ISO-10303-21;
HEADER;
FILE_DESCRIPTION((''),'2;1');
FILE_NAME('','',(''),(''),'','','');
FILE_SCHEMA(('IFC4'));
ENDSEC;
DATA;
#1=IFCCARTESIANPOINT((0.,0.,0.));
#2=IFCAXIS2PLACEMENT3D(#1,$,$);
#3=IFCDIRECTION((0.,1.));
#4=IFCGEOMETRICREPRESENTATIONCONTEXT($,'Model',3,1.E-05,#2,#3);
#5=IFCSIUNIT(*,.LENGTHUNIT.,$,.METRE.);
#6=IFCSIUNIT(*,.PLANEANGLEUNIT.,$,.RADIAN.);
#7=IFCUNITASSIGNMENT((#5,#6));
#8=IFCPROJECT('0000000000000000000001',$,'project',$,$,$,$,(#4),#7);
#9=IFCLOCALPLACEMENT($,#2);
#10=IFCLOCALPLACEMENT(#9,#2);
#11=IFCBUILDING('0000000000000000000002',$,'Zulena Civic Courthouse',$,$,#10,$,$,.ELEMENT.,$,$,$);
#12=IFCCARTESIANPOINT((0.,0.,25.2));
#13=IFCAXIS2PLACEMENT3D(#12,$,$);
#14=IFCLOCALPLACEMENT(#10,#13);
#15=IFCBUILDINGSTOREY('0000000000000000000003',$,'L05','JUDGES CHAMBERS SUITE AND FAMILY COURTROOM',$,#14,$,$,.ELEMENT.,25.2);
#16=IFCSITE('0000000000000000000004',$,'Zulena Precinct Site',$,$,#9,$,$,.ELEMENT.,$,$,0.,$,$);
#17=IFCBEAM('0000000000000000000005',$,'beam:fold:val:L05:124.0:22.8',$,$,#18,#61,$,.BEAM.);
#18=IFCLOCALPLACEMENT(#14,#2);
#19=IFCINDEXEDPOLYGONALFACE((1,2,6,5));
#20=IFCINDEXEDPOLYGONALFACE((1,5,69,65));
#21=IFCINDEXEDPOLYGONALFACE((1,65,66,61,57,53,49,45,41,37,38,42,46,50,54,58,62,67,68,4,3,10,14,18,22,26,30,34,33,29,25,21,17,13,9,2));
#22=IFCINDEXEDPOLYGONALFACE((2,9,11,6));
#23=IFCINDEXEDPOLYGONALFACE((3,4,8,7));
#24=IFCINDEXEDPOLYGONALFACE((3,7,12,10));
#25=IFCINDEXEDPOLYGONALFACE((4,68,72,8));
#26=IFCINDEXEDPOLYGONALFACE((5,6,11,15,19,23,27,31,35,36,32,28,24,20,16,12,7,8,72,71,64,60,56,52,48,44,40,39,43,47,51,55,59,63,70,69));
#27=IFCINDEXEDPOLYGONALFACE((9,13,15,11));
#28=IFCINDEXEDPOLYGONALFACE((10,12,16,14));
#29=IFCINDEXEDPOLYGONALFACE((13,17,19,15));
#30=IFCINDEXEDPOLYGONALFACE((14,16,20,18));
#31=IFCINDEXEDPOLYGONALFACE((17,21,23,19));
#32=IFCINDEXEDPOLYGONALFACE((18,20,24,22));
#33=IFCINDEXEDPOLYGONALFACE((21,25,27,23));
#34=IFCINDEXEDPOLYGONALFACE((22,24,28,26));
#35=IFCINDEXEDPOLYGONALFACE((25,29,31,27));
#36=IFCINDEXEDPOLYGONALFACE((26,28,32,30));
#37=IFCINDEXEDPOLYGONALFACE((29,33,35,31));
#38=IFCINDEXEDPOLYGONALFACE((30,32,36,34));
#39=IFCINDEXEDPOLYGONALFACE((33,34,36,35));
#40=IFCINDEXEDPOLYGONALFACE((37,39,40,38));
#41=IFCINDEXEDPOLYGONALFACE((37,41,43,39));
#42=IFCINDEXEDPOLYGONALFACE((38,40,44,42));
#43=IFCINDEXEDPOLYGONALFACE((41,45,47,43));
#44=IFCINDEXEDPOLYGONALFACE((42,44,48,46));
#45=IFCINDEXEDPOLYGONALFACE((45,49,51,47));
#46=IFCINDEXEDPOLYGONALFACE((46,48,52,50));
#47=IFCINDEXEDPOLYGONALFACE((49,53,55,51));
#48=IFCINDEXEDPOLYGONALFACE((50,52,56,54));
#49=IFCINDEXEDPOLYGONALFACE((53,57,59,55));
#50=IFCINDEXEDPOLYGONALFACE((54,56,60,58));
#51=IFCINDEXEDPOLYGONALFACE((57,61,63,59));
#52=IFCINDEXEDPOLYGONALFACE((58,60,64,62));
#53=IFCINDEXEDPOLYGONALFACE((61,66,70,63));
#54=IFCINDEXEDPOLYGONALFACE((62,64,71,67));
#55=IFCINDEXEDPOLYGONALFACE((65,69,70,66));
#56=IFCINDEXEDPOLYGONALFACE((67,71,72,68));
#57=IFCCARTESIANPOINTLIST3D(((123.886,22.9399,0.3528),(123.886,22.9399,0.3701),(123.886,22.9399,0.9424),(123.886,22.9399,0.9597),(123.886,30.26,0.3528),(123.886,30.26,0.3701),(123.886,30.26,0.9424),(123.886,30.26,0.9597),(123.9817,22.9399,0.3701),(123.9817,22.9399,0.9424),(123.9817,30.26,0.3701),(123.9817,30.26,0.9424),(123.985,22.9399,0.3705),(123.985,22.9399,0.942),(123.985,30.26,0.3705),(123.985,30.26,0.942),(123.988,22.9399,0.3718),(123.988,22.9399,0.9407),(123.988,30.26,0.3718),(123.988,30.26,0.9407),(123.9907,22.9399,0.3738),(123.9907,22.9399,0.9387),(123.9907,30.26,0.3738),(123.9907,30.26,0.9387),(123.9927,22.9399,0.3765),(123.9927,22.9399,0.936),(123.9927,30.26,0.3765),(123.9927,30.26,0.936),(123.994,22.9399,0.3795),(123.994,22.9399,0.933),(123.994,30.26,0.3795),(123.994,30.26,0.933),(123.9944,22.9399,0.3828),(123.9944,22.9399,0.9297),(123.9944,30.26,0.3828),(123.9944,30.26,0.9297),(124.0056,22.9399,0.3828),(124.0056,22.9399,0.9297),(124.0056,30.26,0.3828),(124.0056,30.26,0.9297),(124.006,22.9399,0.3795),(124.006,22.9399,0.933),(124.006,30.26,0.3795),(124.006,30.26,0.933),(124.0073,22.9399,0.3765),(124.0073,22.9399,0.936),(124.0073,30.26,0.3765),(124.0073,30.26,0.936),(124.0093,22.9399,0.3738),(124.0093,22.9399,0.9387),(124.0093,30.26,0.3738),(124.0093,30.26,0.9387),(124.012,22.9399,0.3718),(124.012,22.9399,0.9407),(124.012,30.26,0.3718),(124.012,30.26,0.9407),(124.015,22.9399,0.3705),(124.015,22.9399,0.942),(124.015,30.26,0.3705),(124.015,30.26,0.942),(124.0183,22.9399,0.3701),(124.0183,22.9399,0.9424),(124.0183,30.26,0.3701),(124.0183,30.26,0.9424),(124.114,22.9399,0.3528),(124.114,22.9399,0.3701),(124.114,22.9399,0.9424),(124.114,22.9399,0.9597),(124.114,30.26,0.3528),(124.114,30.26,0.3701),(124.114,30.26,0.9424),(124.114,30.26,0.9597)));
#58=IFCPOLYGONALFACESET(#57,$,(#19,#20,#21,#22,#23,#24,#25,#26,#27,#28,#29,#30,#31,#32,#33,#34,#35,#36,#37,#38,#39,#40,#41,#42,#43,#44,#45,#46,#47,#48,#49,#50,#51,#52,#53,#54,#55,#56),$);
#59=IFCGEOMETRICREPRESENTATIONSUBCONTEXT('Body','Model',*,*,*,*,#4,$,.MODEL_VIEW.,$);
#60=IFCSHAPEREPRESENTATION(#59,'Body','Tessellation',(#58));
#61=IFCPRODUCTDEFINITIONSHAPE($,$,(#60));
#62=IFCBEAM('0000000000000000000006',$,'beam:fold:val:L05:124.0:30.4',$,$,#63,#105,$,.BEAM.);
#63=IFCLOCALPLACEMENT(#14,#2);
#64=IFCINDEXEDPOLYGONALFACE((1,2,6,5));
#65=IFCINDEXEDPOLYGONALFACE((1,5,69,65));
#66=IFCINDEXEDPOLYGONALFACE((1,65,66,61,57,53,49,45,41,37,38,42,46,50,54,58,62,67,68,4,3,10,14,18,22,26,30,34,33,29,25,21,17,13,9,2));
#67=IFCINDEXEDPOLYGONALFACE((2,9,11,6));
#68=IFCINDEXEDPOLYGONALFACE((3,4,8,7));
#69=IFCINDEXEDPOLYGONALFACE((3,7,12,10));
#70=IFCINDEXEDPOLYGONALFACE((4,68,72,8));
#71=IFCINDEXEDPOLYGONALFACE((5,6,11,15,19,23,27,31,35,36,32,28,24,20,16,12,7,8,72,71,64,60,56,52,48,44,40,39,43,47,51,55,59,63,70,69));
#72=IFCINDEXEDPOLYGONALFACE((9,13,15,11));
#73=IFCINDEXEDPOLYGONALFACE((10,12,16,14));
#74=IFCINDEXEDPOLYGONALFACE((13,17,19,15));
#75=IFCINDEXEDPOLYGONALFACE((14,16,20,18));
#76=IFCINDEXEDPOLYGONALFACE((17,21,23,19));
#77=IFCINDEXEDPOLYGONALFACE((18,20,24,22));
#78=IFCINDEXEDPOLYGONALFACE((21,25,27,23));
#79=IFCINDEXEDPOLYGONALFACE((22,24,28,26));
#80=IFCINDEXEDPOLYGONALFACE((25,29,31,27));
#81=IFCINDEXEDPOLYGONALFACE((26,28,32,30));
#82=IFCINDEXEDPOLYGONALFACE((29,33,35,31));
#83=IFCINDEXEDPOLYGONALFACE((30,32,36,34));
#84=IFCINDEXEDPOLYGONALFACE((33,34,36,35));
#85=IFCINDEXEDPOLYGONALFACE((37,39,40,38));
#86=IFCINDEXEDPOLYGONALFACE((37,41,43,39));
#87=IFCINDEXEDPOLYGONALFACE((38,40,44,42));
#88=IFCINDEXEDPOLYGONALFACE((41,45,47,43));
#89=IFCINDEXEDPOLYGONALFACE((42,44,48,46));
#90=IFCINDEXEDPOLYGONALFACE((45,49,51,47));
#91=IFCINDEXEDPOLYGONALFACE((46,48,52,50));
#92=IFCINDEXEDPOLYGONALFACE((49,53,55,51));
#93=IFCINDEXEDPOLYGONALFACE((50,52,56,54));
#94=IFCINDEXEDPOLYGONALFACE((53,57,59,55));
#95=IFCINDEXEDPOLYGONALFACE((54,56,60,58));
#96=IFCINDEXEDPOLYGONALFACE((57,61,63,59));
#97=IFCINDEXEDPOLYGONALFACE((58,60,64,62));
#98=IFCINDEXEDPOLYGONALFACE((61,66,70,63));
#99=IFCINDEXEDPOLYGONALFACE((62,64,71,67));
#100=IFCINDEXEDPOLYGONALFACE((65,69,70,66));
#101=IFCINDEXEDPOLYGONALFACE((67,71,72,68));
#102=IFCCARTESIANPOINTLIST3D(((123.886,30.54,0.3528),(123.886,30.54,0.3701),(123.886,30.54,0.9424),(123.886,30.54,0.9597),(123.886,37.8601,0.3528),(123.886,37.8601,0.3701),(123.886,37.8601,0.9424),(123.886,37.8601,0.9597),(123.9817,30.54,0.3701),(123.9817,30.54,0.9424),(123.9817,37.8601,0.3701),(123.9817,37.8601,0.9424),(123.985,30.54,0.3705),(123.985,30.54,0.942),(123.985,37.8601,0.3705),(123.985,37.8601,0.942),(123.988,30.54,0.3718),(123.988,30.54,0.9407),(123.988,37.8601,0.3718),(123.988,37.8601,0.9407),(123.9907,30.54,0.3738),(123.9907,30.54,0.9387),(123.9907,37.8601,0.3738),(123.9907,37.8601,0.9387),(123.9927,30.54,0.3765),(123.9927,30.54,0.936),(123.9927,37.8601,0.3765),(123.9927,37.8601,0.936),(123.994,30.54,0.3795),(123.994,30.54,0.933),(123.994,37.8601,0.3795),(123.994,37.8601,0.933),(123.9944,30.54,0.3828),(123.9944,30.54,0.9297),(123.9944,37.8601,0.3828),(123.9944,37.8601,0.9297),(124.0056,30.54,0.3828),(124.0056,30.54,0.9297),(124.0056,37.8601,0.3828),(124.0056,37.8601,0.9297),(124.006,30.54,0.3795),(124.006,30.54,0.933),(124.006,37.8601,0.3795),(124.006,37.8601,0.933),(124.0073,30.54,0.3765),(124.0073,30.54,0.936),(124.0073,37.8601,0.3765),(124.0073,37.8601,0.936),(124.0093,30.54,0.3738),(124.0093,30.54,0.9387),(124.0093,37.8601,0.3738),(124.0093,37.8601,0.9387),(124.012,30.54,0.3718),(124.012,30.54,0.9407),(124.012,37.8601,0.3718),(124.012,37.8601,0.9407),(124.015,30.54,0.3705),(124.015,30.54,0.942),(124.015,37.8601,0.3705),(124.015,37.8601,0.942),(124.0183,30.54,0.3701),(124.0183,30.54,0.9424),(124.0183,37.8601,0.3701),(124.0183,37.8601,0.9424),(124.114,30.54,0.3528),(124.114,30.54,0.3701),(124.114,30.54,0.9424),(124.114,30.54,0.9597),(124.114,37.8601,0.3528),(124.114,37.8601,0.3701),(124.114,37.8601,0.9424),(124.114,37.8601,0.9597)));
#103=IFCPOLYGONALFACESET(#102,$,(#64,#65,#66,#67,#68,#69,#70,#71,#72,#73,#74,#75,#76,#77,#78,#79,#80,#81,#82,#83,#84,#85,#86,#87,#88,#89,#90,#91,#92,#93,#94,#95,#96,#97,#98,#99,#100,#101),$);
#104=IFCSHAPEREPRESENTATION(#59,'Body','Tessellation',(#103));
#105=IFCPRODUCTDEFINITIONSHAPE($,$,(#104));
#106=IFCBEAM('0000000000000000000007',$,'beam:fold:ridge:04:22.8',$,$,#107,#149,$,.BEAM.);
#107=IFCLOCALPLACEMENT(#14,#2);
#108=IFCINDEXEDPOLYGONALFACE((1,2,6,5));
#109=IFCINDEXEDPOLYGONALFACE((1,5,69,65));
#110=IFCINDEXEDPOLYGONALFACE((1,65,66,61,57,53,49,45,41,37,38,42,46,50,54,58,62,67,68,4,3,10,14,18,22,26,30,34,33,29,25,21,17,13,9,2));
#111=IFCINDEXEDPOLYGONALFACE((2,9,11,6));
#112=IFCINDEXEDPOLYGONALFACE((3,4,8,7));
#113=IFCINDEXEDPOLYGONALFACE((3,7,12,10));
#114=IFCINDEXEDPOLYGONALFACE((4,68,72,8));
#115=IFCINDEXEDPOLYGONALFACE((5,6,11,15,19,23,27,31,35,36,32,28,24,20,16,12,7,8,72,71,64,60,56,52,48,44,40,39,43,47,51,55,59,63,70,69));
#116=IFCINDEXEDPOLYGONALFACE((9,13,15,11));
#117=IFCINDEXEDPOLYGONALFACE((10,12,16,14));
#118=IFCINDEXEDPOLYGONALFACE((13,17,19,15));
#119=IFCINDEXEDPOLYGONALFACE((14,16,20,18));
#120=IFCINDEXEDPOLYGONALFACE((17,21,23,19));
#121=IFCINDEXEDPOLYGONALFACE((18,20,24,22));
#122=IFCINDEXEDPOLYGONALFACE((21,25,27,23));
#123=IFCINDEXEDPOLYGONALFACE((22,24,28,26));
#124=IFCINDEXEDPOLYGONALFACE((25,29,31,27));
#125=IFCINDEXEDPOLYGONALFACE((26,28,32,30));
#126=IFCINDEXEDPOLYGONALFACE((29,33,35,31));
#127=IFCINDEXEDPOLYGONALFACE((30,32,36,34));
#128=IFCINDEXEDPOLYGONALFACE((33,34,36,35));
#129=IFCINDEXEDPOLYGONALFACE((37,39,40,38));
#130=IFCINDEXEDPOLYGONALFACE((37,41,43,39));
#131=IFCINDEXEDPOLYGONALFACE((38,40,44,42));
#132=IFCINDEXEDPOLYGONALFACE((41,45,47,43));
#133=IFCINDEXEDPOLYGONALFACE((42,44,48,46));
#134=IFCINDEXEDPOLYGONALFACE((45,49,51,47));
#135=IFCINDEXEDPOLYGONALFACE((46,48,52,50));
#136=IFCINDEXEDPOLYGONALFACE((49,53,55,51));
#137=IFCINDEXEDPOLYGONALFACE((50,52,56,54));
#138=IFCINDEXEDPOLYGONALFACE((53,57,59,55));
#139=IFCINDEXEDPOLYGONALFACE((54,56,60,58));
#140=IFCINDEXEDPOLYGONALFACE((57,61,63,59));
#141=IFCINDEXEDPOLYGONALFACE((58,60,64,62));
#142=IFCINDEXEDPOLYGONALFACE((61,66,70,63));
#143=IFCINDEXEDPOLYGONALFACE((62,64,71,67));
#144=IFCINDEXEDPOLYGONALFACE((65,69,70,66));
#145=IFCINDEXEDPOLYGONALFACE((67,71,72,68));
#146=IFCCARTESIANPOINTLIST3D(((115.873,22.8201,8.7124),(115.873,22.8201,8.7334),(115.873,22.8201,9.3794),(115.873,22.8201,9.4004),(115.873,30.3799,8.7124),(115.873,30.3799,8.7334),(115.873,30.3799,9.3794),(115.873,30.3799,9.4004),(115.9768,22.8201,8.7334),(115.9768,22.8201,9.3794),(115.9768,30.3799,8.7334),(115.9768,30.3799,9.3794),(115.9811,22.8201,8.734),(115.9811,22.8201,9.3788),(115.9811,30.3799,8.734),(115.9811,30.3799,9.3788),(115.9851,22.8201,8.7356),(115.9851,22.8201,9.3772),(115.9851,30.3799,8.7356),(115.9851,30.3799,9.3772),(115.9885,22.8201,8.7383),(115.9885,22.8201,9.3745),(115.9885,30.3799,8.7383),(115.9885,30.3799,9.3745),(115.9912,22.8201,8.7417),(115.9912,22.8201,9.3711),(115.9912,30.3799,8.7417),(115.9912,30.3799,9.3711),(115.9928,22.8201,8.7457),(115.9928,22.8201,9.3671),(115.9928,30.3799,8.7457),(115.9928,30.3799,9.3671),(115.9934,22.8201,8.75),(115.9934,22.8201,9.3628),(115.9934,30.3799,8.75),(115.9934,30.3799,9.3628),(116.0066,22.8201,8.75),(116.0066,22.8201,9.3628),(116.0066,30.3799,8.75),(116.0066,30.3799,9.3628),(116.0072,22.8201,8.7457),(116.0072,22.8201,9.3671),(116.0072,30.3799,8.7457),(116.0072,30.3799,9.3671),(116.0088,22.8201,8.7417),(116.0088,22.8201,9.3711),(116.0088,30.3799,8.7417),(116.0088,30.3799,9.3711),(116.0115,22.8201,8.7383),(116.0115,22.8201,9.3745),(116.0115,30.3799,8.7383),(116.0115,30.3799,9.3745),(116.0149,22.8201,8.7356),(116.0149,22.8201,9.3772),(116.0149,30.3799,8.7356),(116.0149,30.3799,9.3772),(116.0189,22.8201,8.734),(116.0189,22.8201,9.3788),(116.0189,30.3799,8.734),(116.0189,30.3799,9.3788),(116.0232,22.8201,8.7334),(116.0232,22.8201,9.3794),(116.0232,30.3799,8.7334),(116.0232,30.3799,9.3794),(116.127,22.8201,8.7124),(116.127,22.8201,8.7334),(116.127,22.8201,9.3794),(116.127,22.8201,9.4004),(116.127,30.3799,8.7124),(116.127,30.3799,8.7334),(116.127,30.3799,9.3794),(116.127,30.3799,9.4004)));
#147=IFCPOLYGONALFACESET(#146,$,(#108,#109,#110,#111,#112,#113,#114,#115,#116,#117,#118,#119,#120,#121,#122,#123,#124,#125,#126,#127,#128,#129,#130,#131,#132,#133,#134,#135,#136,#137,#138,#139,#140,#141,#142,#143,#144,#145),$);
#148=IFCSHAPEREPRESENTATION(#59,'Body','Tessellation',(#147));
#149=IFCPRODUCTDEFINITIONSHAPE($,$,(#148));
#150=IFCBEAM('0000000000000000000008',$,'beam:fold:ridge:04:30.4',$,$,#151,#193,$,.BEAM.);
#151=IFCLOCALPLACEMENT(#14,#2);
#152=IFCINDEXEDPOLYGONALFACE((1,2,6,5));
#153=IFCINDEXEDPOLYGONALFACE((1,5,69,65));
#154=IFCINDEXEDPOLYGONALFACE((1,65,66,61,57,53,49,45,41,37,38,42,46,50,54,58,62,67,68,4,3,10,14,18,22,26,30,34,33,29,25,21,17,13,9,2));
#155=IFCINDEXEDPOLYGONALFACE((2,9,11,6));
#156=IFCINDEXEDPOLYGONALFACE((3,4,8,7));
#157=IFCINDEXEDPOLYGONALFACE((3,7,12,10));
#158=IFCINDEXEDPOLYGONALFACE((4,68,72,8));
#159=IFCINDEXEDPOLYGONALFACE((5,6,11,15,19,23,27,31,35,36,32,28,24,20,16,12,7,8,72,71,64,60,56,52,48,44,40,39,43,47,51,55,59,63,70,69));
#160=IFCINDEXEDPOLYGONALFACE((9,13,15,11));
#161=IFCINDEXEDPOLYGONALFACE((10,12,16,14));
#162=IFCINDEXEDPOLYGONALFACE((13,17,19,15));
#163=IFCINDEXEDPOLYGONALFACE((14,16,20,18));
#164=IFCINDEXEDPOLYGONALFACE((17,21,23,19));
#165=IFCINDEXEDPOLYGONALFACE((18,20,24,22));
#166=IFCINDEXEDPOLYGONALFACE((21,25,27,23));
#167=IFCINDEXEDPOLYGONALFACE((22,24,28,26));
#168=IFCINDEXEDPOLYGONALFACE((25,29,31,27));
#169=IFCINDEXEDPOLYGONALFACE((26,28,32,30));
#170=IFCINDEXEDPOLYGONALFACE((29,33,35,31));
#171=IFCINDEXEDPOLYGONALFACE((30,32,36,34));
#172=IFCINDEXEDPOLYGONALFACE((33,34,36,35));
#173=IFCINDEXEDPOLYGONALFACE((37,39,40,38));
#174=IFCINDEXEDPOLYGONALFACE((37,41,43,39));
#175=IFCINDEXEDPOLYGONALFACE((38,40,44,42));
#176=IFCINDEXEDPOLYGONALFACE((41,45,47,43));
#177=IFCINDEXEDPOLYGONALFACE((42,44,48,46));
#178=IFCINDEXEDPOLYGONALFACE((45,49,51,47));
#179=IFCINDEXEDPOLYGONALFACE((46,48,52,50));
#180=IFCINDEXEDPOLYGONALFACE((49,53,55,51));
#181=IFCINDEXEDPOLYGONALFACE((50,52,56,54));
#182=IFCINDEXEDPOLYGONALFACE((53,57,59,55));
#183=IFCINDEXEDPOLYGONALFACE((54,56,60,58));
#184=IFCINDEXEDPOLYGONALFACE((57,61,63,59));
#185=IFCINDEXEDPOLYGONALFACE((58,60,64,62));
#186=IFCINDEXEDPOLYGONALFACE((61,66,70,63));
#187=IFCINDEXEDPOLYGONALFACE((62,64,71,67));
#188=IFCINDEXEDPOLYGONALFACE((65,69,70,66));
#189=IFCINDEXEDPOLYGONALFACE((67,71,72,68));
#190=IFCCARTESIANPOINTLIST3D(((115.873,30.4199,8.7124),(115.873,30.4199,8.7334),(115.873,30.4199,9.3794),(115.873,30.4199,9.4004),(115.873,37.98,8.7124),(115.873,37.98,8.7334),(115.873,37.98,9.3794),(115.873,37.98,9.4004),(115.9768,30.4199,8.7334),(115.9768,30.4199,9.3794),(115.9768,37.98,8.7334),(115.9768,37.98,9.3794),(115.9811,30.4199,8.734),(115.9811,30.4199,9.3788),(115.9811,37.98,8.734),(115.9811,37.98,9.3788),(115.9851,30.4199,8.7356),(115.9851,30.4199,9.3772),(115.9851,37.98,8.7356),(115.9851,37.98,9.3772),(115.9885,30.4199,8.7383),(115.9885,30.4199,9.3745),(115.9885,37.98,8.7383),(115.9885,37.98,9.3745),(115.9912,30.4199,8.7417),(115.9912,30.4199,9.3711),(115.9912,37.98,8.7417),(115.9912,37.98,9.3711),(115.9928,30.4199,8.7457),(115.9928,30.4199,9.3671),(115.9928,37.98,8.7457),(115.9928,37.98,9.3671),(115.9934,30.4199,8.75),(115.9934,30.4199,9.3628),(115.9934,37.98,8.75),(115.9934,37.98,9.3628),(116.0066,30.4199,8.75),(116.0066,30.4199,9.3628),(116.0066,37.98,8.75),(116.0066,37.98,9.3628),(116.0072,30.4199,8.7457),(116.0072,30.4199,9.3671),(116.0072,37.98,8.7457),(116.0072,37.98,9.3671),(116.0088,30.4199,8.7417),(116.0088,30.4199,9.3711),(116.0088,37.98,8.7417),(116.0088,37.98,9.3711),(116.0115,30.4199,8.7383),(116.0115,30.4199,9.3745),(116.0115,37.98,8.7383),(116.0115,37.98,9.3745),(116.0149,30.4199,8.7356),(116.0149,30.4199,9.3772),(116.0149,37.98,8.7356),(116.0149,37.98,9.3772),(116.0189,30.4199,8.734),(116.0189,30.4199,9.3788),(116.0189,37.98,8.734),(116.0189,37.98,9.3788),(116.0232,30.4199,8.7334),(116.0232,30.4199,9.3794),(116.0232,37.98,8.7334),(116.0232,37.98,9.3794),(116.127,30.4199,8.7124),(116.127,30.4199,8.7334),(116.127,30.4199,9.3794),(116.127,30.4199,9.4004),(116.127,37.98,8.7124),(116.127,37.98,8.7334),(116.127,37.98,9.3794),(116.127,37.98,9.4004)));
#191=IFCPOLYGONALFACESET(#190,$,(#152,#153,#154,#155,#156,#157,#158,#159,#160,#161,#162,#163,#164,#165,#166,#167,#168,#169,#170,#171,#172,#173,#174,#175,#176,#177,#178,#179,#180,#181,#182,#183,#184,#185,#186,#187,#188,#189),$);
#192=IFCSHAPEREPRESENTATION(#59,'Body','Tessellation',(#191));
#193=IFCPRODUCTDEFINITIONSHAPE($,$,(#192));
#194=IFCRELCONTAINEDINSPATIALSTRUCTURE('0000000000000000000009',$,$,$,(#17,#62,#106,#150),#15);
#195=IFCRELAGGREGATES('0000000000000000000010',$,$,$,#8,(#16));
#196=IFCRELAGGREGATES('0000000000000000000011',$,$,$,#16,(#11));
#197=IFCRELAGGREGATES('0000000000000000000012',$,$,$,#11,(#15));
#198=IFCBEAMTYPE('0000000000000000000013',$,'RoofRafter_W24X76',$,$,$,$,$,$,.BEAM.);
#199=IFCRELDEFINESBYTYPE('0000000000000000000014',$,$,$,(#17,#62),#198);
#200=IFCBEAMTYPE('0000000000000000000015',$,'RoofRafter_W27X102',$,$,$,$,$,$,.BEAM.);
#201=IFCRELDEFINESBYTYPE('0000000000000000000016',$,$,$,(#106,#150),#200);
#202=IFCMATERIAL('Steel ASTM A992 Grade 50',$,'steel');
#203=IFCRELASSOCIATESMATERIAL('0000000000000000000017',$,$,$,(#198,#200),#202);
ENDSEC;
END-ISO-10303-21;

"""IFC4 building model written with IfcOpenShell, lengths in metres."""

from ifc_helpers import new_model, si_unit, direction, frame, origin, origin_2d, place, context, subcontext, project, spatial, i_section, extrude, material, material_profile, profile_set, type_object, element, save


model = new_model("IFC4")

# Units and contexts
model_context = context("Model", 3, precision=1e-05, world=origin(), true_north=direction((0.0, 1.0)))
body_context = subcontext(model_context, "Body", "Model", "MODEL_VIEW")
ifc_project = project(units=[si_unit("LENGTHUNIT", "METRE"), si_unit("PLANEANGLEUNIT", "RADIAN")], contexts=[model_context])

# Site, building, storey
site_placement = place(None, origin())
site = spatial("IfcSite", under=ifc_project, at=site_placement, Name="Zulena Precinct Site", CompositionType="ELEMENT", RefElevation=0.0)
building_placement = place(site_placement, origin())
building = spatial("IfcBuilding", under=site, at=building_placement, Name="Zulena Civic Courthouse", CompositionType="ELEMENT")
storey_placement = place(building_placement, frame((0.0, 0.0, 25.2)))
storey = spatial("IfcBuildingStorey", under=building, at=storey_placement, Name="L05", Description="JUDGES CHAMBERS SUITE AND FAMILY COURTROOM", CompositionType="ELEMENT", Elevation=25.2)

# Shared definitions
ifc_material_1 = material(Name="Steel ASTM A992 Grade 50", Category="steel")

# Beams
ifc_material_profile_1 = material_profile(ifc_material_1, i_section(OverallWidth=0.228, OverallDepth=0.6069, WebThickness=0.0112, FlangeThickness=0.0173, FilletRadius=0.0127, at=origin_2d()), Name="W24X76")
ifc_profile_set_1 = profile_set([ifc_material_profile_1], Name="Steel ASTM A992 Grade 50")
beam_type_1 = type_object("IfcBeamType", Name="RoofRafter_W24X76", PredefinedType="BEAM", material=ifc_profile_set_1)
for number, where, z_axis, x_axis, name in (
    (1, (124.0, 22.9399, 0.6562), (0.0, 1.0, 0.0), (-1.0, 0.0, 0.0), "beam:fold:val:L05:124.0:22.8"),
    (2, (124.0, 30.54, 0.6562), (0.0, 1.0, 0.0), (-1.0, 0.0, 0.0), "beam:fold:val:L05:124.0:30.4"),
):
    element("IfcBeam", number, at=place(storey_placement, frame(where, z_axis=z_axis, x_axis=x_axis)), inside=storey, type_object=beam_type_1, Name=name, PredefinedType="BEAM", context=body_context, shape_type="SweptSolid", body=[
        extrude(i_section(OverallWidth=0.228, OverallDepth=0.6069, WebThickness=0.0112, FlangeThickness=0.0173, FilletRadius=0.0127, at=origin_2d()), origin(), (0.0, 0.0, 1.0), 7.3201),
    ])
ifc_material_profile_2 = material_profile(ifc_material_1, i_section(OverallWidth=0.2539, OverallDepth=0.688, WebThickness=0.0132, FlangeThickness=0.021, FilletRadius=0.0166, at=origin_2d()), Name="W27X102")
ifc_profile_set_2 = profile_set([ifc_material_profile_2], Name="Steel ASTM A992 Grade 50")
beam_type_2 = type_object("IfcBeamType", Name="RoofRafter_W27X102", PredefinedType="BEAM", material=ifc_profile_set_2)
beam_1_placement = place(storey_placement, frame((116.0, 22.8201, 9.0564), z_axis=(0.0, 1.0, 0.0), x_axis=(-1.0, 0.0, 0.0)))
element("IfcBeam", 3, at=beam_1_placement, inside=storey, type_object=beam_type_2, Name="beam:fold:ridge:04:22.8", PredefinedType="BEAM", context=body_context, shape_type="SweptSolid", body=[
    extrude(i_section(OverallWidth=0.2539, OverallDepth=0.688, WebThickness=0.0132, FlangeThickness=0.021, FilletRadius=0.0166, at=origin_2d()), origin(), (0.0, 0.0, 1.0), 7.5598),
])
beam_2_placement = place(storey_placement, frame((116.0, 30.4199, 9.0564), z_axis=(0.0, 1.0, 0.0), x_axis=(-1.0, 0.0, 0.0)))
element("IfcBeam", 4, at=beam_2_placement, inside=storey, type_object=beam_type_2, Name="beam:fold:ridge:04:30.4", PredefinedType="BEAM", context=body_context, shape_type="SweptSolid", body=[
    extrude(i_section(OverallWidth=0.2539, OverallDepth=0.688, WebThickness=0.0132, FlangeThickness=0.021, FilletRadius=0.0166, at=origin_2d()), origin(), (0.0, 0.0, 1.0), 7.5601),
])

save(model, "model.ifc")
